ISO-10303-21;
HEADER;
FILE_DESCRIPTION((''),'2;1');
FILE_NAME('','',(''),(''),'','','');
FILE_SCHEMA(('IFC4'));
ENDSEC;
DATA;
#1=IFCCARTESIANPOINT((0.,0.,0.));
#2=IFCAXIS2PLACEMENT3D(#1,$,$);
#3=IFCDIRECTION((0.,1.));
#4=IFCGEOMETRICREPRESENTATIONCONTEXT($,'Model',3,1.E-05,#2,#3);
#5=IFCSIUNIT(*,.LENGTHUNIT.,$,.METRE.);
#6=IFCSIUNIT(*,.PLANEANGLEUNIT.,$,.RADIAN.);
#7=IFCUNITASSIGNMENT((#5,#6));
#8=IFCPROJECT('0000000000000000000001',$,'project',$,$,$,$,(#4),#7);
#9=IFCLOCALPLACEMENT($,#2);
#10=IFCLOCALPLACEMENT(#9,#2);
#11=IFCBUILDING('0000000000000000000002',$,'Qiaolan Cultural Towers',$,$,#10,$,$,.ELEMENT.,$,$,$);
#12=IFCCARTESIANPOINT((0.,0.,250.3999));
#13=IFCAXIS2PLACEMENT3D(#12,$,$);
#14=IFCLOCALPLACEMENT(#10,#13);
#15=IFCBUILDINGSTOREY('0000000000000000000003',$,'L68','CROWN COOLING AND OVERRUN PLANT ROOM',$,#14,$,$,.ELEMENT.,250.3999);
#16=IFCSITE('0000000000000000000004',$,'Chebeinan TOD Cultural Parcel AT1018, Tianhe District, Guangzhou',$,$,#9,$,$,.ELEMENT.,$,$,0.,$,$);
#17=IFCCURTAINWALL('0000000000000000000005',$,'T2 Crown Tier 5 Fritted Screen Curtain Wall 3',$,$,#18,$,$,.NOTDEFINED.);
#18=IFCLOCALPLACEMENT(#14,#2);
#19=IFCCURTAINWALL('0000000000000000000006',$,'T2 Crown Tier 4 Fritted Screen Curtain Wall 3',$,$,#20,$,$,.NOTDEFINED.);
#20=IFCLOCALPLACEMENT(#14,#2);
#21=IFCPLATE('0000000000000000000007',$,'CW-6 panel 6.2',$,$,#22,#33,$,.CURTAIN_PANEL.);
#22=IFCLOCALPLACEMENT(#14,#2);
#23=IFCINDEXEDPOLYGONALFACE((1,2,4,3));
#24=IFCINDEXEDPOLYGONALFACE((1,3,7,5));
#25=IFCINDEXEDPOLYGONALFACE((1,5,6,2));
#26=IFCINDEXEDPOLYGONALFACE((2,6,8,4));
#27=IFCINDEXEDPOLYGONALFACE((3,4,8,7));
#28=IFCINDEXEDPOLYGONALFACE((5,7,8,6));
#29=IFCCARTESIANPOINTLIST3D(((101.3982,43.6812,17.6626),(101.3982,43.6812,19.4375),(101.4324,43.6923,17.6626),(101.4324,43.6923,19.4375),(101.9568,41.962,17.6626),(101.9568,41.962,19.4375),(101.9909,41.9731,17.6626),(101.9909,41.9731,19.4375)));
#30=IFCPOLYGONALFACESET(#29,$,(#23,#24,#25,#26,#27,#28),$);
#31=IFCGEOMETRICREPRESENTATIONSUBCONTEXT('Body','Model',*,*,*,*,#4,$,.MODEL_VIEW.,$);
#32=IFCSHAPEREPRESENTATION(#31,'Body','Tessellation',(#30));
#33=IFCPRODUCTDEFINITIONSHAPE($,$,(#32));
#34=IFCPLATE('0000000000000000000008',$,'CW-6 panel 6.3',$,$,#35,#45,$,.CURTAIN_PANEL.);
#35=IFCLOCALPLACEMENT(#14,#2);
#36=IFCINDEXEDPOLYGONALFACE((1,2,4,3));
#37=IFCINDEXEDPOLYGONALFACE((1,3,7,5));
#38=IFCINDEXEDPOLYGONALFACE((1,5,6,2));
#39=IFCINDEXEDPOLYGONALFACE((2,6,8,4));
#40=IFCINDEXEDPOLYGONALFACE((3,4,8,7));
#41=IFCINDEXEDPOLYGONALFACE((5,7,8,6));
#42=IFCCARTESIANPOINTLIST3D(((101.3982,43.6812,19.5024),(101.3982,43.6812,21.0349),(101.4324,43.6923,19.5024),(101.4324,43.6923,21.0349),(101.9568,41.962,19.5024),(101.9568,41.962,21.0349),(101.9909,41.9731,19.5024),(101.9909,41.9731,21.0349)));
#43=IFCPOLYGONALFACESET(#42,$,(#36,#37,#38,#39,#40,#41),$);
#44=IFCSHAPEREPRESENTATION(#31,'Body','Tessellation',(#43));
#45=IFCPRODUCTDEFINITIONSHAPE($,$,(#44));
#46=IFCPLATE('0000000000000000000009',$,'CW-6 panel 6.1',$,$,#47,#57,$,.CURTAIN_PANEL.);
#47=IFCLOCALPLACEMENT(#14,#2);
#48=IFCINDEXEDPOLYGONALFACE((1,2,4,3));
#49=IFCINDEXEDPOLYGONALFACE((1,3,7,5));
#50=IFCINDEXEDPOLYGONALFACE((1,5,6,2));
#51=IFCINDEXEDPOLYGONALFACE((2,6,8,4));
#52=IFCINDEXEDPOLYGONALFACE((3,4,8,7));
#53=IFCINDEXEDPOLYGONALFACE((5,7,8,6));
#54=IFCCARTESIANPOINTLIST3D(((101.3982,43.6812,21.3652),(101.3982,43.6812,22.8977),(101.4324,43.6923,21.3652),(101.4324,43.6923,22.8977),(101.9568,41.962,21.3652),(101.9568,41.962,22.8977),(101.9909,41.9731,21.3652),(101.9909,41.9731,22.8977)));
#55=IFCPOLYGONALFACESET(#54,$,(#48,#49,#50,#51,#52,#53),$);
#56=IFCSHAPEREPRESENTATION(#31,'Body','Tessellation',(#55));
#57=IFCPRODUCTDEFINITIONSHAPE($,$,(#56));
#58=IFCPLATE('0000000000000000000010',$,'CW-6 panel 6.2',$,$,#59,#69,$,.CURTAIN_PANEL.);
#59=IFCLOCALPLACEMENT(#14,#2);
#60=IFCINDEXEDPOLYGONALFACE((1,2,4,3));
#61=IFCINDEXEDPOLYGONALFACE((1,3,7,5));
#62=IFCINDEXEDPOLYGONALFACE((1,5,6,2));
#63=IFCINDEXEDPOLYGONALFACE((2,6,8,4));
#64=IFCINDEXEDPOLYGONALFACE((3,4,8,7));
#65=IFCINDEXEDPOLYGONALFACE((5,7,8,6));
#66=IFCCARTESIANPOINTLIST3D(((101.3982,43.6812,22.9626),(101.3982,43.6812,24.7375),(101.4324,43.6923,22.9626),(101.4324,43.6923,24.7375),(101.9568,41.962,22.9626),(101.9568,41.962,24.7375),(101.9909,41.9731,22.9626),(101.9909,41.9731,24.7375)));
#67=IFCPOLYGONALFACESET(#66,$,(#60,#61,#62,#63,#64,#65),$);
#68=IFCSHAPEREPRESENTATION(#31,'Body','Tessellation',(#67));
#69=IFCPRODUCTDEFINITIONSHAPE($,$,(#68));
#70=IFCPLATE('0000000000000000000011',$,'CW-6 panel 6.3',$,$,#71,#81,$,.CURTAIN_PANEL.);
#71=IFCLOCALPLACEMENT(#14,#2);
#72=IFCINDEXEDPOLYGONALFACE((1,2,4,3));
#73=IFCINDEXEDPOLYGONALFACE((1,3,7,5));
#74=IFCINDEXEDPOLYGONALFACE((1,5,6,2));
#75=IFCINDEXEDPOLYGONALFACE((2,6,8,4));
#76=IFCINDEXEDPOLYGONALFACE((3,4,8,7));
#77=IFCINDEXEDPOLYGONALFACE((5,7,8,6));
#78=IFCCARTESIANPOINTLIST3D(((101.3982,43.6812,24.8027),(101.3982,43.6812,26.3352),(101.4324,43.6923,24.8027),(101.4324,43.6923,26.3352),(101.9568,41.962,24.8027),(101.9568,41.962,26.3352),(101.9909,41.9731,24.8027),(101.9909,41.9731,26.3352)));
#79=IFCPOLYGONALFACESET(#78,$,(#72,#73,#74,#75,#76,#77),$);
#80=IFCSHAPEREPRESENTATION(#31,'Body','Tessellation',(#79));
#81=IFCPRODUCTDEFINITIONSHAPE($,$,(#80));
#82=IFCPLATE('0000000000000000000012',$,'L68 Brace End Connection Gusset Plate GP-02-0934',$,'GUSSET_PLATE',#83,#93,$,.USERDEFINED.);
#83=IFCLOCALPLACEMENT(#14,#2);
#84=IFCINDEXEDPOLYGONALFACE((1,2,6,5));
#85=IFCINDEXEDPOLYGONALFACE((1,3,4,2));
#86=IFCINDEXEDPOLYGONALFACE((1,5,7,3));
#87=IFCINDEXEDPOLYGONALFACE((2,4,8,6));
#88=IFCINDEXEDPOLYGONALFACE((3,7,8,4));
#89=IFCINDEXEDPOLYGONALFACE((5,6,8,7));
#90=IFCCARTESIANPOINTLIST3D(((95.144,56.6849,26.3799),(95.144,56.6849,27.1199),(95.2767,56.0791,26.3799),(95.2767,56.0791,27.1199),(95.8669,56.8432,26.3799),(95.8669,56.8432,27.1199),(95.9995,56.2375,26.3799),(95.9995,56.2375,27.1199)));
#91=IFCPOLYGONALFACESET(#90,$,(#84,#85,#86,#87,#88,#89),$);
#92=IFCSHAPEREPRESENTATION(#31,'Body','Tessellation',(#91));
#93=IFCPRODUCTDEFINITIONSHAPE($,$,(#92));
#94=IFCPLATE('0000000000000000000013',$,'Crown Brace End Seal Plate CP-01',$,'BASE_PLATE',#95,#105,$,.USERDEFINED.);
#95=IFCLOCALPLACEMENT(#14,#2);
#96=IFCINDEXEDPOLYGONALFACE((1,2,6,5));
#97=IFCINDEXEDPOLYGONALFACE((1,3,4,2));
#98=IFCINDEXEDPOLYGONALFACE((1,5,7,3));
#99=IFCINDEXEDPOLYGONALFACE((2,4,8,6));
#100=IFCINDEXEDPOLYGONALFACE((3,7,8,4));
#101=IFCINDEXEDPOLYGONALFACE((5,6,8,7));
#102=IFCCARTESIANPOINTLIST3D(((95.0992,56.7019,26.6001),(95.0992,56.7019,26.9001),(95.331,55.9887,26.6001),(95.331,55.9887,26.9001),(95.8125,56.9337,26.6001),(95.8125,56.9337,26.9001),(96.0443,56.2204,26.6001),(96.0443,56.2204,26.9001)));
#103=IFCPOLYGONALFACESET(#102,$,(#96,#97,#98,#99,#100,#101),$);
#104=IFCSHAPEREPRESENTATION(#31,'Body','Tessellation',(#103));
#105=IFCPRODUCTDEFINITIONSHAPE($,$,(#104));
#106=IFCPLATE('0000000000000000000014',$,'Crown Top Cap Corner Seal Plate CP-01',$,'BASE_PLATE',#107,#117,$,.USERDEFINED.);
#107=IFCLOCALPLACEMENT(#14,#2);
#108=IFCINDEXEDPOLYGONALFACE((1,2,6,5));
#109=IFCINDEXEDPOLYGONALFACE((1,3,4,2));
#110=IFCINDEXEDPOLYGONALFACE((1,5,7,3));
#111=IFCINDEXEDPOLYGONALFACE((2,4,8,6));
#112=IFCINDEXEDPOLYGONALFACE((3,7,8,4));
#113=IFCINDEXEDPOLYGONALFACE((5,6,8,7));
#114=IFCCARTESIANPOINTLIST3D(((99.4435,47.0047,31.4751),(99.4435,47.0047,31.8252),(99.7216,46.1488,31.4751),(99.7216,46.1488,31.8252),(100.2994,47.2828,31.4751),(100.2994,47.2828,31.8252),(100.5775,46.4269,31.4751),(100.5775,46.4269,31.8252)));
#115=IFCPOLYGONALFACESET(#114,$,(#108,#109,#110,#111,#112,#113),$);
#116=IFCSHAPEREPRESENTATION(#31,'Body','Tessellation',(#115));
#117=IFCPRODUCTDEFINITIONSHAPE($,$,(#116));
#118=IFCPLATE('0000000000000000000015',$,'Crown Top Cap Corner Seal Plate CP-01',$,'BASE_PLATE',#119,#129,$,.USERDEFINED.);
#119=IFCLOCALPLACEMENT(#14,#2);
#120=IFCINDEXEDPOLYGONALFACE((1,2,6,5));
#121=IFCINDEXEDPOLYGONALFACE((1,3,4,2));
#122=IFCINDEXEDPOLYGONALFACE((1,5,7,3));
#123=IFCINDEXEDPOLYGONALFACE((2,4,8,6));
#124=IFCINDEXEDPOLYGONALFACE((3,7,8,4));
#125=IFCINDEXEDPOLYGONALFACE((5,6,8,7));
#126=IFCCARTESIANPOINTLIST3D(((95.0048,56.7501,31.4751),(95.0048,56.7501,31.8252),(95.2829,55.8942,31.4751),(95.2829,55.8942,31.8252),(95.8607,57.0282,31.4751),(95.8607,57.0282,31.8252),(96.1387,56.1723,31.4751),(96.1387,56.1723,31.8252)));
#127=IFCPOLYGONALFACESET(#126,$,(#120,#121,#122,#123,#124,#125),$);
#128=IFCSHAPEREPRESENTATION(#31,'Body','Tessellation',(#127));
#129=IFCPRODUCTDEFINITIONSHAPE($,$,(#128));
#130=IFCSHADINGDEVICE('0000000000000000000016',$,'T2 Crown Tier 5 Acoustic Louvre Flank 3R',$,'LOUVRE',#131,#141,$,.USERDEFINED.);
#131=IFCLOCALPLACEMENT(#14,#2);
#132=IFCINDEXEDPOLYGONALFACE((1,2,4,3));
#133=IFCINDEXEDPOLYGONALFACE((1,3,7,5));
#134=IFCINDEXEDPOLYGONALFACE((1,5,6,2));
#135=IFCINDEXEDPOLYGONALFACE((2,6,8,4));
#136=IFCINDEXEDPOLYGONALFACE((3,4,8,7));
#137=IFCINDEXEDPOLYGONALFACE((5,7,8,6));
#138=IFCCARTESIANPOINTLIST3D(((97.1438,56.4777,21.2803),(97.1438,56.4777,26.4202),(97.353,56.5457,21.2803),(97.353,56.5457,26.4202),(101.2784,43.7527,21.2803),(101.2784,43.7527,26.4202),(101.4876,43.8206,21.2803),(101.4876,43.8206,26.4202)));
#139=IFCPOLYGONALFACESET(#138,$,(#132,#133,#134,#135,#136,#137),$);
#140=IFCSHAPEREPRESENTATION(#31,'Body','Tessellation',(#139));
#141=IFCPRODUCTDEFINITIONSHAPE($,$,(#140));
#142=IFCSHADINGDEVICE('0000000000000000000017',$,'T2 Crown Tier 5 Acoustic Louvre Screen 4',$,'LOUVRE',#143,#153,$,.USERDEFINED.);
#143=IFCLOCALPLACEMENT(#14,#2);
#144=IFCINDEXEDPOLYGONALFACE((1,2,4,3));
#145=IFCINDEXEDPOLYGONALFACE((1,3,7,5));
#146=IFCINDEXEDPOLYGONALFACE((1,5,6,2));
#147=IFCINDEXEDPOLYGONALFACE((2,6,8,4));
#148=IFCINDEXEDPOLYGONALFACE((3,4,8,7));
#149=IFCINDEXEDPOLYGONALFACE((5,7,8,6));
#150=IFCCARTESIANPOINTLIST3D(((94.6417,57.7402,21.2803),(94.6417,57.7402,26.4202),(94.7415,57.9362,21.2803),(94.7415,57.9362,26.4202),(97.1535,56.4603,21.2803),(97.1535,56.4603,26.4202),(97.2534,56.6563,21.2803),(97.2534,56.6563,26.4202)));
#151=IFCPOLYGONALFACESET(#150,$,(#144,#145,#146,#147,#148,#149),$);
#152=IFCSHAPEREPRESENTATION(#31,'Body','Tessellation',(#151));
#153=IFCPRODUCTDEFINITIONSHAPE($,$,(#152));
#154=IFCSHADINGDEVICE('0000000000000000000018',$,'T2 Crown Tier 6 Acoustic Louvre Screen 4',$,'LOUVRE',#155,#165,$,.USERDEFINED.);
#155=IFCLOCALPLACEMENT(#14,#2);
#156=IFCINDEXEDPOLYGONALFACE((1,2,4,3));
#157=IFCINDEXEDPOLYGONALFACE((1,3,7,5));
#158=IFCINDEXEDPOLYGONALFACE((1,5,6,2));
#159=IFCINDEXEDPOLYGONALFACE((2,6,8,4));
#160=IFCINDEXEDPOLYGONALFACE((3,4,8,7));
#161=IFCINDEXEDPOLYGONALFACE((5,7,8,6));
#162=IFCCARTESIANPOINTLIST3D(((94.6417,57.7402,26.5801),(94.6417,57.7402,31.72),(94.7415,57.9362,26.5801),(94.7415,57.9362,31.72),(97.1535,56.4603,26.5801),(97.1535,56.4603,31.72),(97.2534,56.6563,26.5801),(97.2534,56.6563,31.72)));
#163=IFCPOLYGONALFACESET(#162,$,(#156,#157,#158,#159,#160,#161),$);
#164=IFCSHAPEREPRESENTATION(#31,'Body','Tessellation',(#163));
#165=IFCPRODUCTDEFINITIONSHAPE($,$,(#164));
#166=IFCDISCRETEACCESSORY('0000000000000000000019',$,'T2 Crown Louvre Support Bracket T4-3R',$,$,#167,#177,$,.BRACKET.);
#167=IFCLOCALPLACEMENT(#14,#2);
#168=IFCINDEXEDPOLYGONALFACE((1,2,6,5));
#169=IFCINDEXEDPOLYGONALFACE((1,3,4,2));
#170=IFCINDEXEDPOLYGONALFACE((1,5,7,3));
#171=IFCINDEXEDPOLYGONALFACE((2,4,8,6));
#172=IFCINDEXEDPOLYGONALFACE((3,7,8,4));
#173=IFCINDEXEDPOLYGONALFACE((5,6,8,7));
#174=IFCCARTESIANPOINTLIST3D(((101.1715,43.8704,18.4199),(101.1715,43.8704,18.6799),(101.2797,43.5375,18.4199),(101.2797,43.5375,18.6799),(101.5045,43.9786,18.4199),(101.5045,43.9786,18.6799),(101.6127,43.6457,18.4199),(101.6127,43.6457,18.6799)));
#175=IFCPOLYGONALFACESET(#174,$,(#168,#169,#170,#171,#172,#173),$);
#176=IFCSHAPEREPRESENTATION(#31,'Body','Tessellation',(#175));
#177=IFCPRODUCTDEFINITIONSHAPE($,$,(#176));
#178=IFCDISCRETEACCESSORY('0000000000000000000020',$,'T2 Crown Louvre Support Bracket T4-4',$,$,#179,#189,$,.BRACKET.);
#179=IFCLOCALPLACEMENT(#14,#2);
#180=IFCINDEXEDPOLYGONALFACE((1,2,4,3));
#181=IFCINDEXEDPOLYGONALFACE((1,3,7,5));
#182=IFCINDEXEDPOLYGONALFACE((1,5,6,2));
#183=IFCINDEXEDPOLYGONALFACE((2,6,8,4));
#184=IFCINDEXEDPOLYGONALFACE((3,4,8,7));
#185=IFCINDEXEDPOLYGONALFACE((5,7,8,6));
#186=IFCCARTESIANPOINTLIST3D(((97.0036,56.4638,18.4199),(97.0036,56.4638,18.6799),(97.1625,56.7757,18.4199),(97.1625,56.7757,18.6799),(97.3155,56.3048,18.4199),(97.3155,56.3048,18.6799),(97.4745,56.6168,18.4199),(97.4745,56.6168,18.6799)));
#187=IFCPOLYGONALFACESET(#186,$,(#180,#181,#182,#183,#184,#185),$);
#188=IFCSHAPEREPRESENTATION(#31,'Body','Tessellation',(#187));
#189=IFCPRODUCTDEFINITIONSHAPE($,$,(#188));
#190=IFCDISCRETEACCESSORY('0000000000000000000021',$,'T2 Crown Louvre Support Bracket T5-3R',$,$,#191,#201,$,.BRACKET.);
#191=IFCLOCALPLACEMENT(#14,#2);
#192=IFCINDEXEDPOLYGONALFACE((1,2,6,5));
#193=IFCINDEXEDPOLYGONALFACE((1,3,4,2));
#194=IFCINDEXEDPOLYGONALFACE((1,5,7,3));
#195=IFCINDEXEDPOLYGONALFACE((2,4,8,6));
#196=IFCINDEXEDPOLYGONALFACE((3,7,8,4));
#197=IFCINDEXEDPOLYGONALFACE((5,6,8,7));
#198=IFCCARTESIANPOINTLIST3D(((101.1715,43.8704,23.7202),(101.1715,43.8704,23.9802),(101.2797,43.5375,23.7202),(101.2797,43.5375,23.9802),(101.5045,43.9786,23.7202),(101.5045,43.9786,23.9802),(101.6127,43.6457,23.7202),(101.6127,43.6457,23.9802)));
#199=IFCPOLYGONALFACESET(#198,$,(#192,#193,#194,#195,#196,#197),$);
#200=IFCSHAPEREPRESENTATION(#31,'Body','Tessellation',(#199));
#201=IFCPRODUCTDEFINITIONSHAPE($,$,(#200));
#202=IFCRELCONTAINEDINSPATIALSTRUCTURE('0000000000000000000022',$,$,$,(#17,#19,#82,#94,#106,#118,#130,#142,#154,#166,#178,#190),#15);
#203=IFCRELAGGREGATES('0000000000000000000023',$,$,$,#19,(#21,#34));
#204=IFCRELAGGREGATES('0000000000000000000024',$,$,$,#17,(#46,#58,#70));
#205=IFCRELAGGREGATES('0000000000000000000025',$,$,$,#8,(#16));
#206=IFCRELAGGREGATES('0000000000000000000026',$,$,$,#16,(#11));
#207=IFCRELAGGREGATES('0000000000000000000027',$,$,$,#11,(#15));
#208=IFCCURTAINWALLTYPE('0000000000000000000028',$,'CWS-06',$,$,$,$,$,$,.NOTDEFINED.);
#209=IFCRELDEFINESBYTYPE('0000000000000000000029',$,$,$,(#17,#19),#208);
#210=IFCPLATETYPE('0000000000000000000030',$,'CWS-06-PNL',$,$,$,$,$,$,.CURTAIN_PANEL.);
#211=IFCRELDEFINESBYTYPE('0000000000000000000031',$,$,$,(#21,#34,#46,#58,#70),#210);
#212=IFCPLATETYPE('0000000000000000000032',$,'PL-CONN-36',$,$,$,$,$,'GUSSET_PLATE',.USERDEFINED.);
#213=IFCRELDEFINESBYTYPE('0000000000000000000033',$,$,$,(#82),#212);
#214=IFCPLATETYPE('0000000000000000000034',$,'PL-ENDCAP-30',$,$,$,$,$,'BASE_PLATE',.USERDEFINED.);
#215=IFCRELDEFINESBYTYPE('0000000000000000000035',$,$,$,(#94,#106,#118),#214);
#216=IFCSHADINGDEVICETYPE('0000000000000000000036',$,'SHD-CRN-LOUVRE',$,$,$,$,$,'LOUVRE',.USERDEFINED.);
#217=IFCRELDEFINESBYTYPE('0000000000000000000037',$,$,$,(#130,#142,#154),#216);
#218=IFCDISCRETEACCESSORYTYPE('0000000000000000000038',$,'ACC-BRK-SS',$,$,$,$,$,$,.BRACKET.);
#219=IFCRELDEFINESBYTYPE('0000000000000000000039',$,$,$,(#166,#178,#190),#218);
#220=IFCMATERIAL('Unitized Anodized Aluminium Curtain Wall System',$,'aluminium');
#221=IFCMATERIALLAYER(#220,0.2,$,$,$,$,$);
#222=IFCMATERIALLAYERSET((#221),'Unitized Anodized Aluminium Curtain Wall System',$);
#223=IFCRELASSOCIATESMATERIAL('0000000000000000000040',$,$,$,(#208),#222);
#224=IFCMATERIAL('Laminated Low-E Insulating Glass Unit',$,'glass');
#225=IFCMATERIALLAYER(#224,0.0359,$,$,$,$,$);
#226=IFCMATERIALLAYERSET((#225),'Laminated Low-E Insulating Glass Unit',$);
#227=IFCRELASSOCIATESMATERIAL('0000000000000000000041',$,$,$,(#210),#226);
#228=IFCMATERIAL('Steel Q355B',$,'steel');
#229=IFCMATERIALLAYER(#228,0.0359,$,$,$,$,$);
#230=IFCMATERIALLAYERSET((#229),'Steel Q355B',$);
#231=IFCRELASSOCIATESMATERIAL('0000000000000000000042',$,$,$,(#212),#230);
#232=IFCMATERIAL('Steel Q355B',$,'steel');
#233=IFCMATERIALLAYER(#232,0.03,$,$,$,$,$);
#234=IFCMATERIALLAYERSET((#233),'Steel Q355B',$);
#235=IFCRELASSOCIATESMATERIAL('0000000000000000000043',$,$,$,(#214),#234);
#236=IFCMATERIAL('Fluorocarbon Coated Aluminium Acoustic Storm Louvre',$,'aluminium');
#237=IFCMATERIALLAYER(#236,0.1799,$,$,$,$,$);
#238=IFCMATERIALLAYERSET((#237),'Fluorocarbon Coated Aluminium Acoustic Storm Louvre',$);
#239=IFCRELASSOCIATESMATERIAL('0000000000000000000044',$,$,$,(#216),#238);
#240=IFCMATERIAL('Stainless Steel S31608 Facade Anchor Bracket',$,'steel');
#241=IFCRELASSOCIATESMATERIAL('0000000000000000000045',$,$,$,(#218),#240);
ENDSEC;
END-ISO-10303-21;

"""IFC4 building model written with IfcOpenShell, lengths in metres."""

from ifc_helpers import new_model, si_unit, direction, frame, origin, origin_2d, place, context, subcontext, project, spatial, rectangle, extrude, material, layer, layer_set, type_object, element, aggregate, save


model = new_model("IFC4")

# Units and contexts
model_context = context("Model", 3, precision=1e-05, world=origin(), true_north=direction((0.0, 1.0)))
body_context = subcontext(model_context, "Body", "Model", "MODEL_VIEW")
ifc_project = project(units=[si_unit("LENGTHUNIT", "METRE"), si_unit("PLANEANGLEUNIT", "RADIAN")], contexts=[model_context])

# Site, building, storey
site_placement = place(None, origin())
site = spatial("IfcSite", under=ifc_project, at=site_placement, Name="Chebeinan TOD Cultural Parcel AT1018, Tianhe District, Guangzhou", CompositionType="ELEMENT", RefElevation=0.0)
building_placement = place(site_placement, origin())
building = spatial("IfcBuilding", under=site, at=building_placement, Name="Qiaolan Cultural Towers", CompositionType="ELEMENT")
storey_placement = place(building_placement, frame((0.0, 0.0, 250.3999)))
storey = spatial("IfcBuildingStorey", under=building, at=storey_placement, Name="L68", Description="CROWN COOLING AND OVERRUN PLANT ROOM", CompositionType="ELEMENT", Elevation=250.3999)

# Curtain wall
ifc_material_1 = material(Name="Unitized Anodized Aluminium Curtain Wall System", Category="aluminium")
ifc_layer_1 = layer(ifc_material_1, 0.2)
ifc_layer_set_1 = layer_set([ifc_layer_1], Name="Unitized Anodized Aluminium Curtain Wall System")
curtain_wall_type = type_object("IfcCurtainWallType", Name="CWS-06", PredefinedType="NOTDEFINED", material=ifc_layer_set_1)
curtain_wall_1_placement = place(storey_placement, origin())
curtain_wall_1 = element("IfcCurtainWall", 1, at=curtain_wall_1_placement, inside=storey, type_object=curtain_wall_type, Name="T2 Crown Tier 5 Fritted Screen Curtain Wall 3", PredefinedType="NOTDEFINED")

# Curtain wall, plates
curtain_wall_2_placement = place(storey_placement, origin())
curtain_wall_2 = element("IfcCurtainWall", 2, at=curtain_wall_2_placement, inside=storey, type_object=curtain_wall_type, Name="T2 Crown Tier 4 Fritted Screen Curtain Wall 3", PredefinedType="NOTDEFINED")
ifc_material_2 = material(Name="Laminated Low-E Insulating Glass Unit", Category="glass")
ifc_layer_2 = layer(ifc_material_2, 0.0359)
ifc_layer_set_2 = layer_set([ifc_layer_2], Name="Laminated Low-E Insulating Glass Unit")
plate_type_1 = type_object("IfcPlateType", Name="CWS-06-PNL", PredefinedType="CURTAIN_PANEL", material=ifc_layer_set_2)
plate_1_placement = place(storey_placement, frame((101.6946, 42.8271, 17.6626), z_axis=(0.0, 0.0, 1.0), x_axis=(-0.309017, 0.951057, 0.0)))
plate_1 = element("IfcPlate", 3, at=plate_1_placement, type_object=plate_type_1, Name="CW-6 panel 6.2", PredefinedType="CURTAIN_PANEL", context=body_context, shape_type="SweptSolid", body=[
    extrude(rectangle(XDim=1.8076, YDim=0.0359, at=origin_2d()), origin(), (0.0, 0.0, 1.0), 1.7749),
])
plate_2_placement = place(storey_placement, frame((101.6946, 42.8271, 19.5024), z_axis=(0.0, 0.0, 1.0), x_axis=(-0.309017, 0.951057, 0.0)))
plate_2 = element("IfcPlate", 4, at=plate_2_placement, type_object=plate_type_1, Name="CW-6 panel 6.3", PredefinedType="CURTAIN_PANEL", context=body_context, shape_type="SweptSolid", body=[
    extrude(rectangle(XDim=1.8076, YDim=0.0359, at=origin_2d()), origin(), (0.0, 0.0, 1.0), 1.5325),
])
aggregate(curtain_wall_2, [plate_1, plate_2])

# Plates
plate_3_placement = place(storey_placement, frame((101.6946, 42.8271, 21.3652), z_axis=(0.0, 0.0, 1.0), x_axis=(-0.309017, 0.951057, 0.0)))
plate_3 = element("IfcPlate", 5, at=plate_3_placement, type_object=plate_type_1, Name="CW-6 panel 6.1", PredefinedType="CURTAIN_PANEL", context=body_context, shape_type="SweptSolid", body=[
    extrude(rectangle(XDim=1.8076, YDim=0.0359, at=origin_2d()), origin(), (0.0, 0.0, 1.0), 1.5325),
])
plate_4_placement = place(storey_placement, frame((101.6946, 42.8271, 22.9626), z_axis=(0.0, 0.0, 1.0), x_axis=(-0.309017, 0.951057, 0.0)))
plate_4 = element("IfcPlate", 6, at=plate_4_placement, type_object=plate_type_1, Name="CW-6 panel 6.2", PredefinedType="CURTAIN_PANEL", context=body_context, shape_type="SweptSolid", body=[
    extrude(rectangle(XDim=1.8076, YDim=0.0359, at=origin_2d()), origin(), (0.0, 0.0, 1.0), 1.7749),
])
plate_5_placement = place(storey_placement, frame((101.6946, 42.8271, 24.8027), z_axis=(0.0, 0.0, 1.0), x_axis=(-0.309017, 0.951057, 0.0)))
plate_5 = element("IfcPlate", 7, at=plate_5_placement, type_object=plate_type_1, Name="CW-6 panel 6.3", PredefinedType="CURTAIN_PANEL", context=body_context, shape_type="SweptSolid", body=[
    extrude(rectangle(XDim=1.8076, YDim=0.0359, at=origin_2d()), origin(), (0.0, 0.0, 1.0), 1.5325),
])
aggregate(curtain_wall_1, [plate_3, plate_4, plate_5])

# Plates
ifc_material_3 = material(Name="Steel Q355B", Category="steel")
ifc_layer_3 = layer(ifc_material_3, 0.0359)
ifc_layer_set_3 = layer_set([ifc_layer_3], Name="Steel Q355B")
plate_type_2 = type_object("IfcPlateType", Name="PL-CONN-36", ElementType="GUSSET_PLATE", PredefinedType="USERDEFINED", material=ifc_layer_set_3)
plate_6_placement = place(storey_placement, frame((95.5718, 56.4612, 26.3799), z_axis=(0.0, 0.0, 1.0), x_axis=(0.976843, 0.213956, 0.0)))
element("IfcPlate", 8, at=plate_6_placement, inside=storey, type_object=plate_type_2, Name="L68 Brace End Connection Gusset Plate GP-02-0934", ObjectType="GUSSET_PLATE", PredefinedType="USERDEFINED", context=body_context, shape_type="SweptSolid", body=[
    extrude(rectangle(XDim=0.74, YDim=0.6201, at=origin_2d()), origin(), (0.0, 0.0, 1.0), 0.74),
])
ifc_material_4 = material(Name="Steel Q355B", Category="steel")
ifc_layer_4 = layer(ifc_material_4, 0.03)
ifc_layer_set_4 = layer_set([ifc_layer_4], Name="Steel Q355B")
plate_type_3 = type_object("IfcPlateType", Name="PL-ENDCAP-30", ElementType="BASE_PLATE", PredefinedType="USERDEFINED", material=ifc_layer_set_4)
plate_7_placement = place(storey_placement, frame((95.5718, 56.4612, 26.6001), z_axis=(0.0, 0.0, 1.0), x_axis=(0.951057, 0.309017, 0.0)))
element("IfcPlate", 9, at=plate_7_placement, inside=storey, type_object=plate_type_3, Name="Crown Brace End Seal Plate CP-01", ObjectType="BASE_PLATE", PredefinedType="USERDEFINED", context=body_context, shape_type="SweptSolid", body=[
    extrude(rectangle(XDim=0.75, YDim=0.75, at=origin_2d()), origin(), (0.0, 0.0, 1.0), 0.3),
])
for number, where, z_axis, x_axis, name in (
    (10, (100.0105, 46.7158, 31.4751), (0.0, 0.0, 1.0), (0.951057, 0.309017, 0.0), "Crown Top Cap Corner Seal Plate CP-01"),
    (11, (95.5718, 56.4612, 31.4751), (0.0, 0.0, 1.0), (0.951057, 0.309017, 0.0), "Crown Top Cap Corner Seal Plate CP-01"),
):
    element("IfcPlate", number, at=place(storey_placement, frame(where, z_axis=z_axis, x_axis=x_axis)), inside=storey, type_object=plate_type_3, Name=name, ObjectType="BASE_PLATE", PredefinedType="USERDEFINED", context=body_context, shape_type="SweptSolid", body=[
        extrude(rectangle(XDim=0.8999, YDim=0.8999, at=origin_2d()), origin(), (0.0, 0.0, 1.0), 0.3501),
    ])

# Shading devices
ifc_material_5 = material(Name="Fluorocarbon Coated Aluminium Acoustic Storm Louvre", Category="aluminium")
ifc_layer_5 = layer(ifc_material_5, 0.1799)
ifc_layer_set_5 = layer_set([ifc_layer_5], Name="Fluorocarbon Coated Aluminium Acoustic Storm Louvre")
shading_device_type = type_object("IfcShadingDeviceType", Name="SHD-CRN-LOUVRE", ElementType="LOUVRE", PredefinedType="USERDEFINED", material=ifc_layer_set_5)
shading_device_placement = place(storey_placement, frame((99.3157, 50.1492, 21.2803), z_axis=(0.0, 0.0, 1.0), x_axis=(-0.309017, 0.951057, 0.0)))
element("IfcShadingDevice", 12, at=shading_device_placement, inside=storey, type_object=shading_device_type, Name="T2 Crown Tier 5 Acoustic Louvre Flank 3R", ObjectType="LOUVRE", PredefinedType="USERDEFINED", context=body_context, shape_type="SweptSolid", body=[
    extrude(rectangle(XDim=13.3799, YDim=0.22, at=origin_2d()), origin(), (0.0, 0.0, 1.0), 5.1399),
])
for number, where, z_axis, x_axis, name in (
    (13, (95.9475, 57.1982, 21.2803), (0.0, 0.0, 1.0), (-0.891006, 0.453991, 0.0), "T2 Crown Tier 5 Acoustic Louvre Screen 4"),
    (14, (95.9475, 57.1982, 26.5801), (0.0, 0.0, 1.0), (-0.891006, 0.453991, 0.0), "T2 Crown Tier 6 Acoustic Louvre Screen 4"),
):
    element("IfcShadingDevice", number, at=place(storey_placement, frame(where, z_axis=z_axis, x_axis=x_axis)), inside=storey, type_object=shading_device_type, Name=name, ObjectType="LOUVRE", PredefinedType="USERDEFINED", context=body_context, shape_type="SweptSolid", body=[
        extrude(rectangle(XDim=2.8191, YDim=0.22, at=origin_2d()), origin(), (0.0, 0.0, 1.0), 5.1399),
    ])

# Discrete accessories
ifc_material_6 = material(Name="Stainless Steel S31608 Facade Anchor Bracket", Category="steel")
discrete_accessory_type = type_object("IfcDiscreteAccessoryType", Name="ACC-BRK-SS", PredefinedType="BRACKET", material=ifc_material_6)
for number, where, z_axis, x_axis, name in (
    (15, (101.3921, 43.7581, 18.4199), (0.0, 0.0, 1.0), (-0.309017, 0.951057, 0.0), "T2 Crown Louvre Support Bracket T4-3R"),
    (16, (97.239, 56.5403, 18.4199), (0.0, 0.0, 1.0), (-0.891006, 0.453991, 0.0), "T2 Crown Louvre Support Bracket T4-4"),
    (17, (101.3921, 43.7581, 23.7202), (0.0, 0.0, 1.0), (-0.309017, 0.951057, 0.0), "T2 Crown Louvre Support Bracket T5-3R"),
):
    element("IfcDiscreteAccessory", number, at=place(storey_placement, frame(where, z_axis=z_axis, x_axis=x_axis)), inside=storey, type_object=discrete_accessory_type, Name=name, PredefinedType="BRACKET", context=body_context, shape_type="SweptSolid", body=[
        extrude(rectangle(XDim=0.3501, YDim=0.3501, at=origin_2d()), origin(), (0.0, 0.0, 1.0), 0.26),
    ])

save(model, "model.ifc")
